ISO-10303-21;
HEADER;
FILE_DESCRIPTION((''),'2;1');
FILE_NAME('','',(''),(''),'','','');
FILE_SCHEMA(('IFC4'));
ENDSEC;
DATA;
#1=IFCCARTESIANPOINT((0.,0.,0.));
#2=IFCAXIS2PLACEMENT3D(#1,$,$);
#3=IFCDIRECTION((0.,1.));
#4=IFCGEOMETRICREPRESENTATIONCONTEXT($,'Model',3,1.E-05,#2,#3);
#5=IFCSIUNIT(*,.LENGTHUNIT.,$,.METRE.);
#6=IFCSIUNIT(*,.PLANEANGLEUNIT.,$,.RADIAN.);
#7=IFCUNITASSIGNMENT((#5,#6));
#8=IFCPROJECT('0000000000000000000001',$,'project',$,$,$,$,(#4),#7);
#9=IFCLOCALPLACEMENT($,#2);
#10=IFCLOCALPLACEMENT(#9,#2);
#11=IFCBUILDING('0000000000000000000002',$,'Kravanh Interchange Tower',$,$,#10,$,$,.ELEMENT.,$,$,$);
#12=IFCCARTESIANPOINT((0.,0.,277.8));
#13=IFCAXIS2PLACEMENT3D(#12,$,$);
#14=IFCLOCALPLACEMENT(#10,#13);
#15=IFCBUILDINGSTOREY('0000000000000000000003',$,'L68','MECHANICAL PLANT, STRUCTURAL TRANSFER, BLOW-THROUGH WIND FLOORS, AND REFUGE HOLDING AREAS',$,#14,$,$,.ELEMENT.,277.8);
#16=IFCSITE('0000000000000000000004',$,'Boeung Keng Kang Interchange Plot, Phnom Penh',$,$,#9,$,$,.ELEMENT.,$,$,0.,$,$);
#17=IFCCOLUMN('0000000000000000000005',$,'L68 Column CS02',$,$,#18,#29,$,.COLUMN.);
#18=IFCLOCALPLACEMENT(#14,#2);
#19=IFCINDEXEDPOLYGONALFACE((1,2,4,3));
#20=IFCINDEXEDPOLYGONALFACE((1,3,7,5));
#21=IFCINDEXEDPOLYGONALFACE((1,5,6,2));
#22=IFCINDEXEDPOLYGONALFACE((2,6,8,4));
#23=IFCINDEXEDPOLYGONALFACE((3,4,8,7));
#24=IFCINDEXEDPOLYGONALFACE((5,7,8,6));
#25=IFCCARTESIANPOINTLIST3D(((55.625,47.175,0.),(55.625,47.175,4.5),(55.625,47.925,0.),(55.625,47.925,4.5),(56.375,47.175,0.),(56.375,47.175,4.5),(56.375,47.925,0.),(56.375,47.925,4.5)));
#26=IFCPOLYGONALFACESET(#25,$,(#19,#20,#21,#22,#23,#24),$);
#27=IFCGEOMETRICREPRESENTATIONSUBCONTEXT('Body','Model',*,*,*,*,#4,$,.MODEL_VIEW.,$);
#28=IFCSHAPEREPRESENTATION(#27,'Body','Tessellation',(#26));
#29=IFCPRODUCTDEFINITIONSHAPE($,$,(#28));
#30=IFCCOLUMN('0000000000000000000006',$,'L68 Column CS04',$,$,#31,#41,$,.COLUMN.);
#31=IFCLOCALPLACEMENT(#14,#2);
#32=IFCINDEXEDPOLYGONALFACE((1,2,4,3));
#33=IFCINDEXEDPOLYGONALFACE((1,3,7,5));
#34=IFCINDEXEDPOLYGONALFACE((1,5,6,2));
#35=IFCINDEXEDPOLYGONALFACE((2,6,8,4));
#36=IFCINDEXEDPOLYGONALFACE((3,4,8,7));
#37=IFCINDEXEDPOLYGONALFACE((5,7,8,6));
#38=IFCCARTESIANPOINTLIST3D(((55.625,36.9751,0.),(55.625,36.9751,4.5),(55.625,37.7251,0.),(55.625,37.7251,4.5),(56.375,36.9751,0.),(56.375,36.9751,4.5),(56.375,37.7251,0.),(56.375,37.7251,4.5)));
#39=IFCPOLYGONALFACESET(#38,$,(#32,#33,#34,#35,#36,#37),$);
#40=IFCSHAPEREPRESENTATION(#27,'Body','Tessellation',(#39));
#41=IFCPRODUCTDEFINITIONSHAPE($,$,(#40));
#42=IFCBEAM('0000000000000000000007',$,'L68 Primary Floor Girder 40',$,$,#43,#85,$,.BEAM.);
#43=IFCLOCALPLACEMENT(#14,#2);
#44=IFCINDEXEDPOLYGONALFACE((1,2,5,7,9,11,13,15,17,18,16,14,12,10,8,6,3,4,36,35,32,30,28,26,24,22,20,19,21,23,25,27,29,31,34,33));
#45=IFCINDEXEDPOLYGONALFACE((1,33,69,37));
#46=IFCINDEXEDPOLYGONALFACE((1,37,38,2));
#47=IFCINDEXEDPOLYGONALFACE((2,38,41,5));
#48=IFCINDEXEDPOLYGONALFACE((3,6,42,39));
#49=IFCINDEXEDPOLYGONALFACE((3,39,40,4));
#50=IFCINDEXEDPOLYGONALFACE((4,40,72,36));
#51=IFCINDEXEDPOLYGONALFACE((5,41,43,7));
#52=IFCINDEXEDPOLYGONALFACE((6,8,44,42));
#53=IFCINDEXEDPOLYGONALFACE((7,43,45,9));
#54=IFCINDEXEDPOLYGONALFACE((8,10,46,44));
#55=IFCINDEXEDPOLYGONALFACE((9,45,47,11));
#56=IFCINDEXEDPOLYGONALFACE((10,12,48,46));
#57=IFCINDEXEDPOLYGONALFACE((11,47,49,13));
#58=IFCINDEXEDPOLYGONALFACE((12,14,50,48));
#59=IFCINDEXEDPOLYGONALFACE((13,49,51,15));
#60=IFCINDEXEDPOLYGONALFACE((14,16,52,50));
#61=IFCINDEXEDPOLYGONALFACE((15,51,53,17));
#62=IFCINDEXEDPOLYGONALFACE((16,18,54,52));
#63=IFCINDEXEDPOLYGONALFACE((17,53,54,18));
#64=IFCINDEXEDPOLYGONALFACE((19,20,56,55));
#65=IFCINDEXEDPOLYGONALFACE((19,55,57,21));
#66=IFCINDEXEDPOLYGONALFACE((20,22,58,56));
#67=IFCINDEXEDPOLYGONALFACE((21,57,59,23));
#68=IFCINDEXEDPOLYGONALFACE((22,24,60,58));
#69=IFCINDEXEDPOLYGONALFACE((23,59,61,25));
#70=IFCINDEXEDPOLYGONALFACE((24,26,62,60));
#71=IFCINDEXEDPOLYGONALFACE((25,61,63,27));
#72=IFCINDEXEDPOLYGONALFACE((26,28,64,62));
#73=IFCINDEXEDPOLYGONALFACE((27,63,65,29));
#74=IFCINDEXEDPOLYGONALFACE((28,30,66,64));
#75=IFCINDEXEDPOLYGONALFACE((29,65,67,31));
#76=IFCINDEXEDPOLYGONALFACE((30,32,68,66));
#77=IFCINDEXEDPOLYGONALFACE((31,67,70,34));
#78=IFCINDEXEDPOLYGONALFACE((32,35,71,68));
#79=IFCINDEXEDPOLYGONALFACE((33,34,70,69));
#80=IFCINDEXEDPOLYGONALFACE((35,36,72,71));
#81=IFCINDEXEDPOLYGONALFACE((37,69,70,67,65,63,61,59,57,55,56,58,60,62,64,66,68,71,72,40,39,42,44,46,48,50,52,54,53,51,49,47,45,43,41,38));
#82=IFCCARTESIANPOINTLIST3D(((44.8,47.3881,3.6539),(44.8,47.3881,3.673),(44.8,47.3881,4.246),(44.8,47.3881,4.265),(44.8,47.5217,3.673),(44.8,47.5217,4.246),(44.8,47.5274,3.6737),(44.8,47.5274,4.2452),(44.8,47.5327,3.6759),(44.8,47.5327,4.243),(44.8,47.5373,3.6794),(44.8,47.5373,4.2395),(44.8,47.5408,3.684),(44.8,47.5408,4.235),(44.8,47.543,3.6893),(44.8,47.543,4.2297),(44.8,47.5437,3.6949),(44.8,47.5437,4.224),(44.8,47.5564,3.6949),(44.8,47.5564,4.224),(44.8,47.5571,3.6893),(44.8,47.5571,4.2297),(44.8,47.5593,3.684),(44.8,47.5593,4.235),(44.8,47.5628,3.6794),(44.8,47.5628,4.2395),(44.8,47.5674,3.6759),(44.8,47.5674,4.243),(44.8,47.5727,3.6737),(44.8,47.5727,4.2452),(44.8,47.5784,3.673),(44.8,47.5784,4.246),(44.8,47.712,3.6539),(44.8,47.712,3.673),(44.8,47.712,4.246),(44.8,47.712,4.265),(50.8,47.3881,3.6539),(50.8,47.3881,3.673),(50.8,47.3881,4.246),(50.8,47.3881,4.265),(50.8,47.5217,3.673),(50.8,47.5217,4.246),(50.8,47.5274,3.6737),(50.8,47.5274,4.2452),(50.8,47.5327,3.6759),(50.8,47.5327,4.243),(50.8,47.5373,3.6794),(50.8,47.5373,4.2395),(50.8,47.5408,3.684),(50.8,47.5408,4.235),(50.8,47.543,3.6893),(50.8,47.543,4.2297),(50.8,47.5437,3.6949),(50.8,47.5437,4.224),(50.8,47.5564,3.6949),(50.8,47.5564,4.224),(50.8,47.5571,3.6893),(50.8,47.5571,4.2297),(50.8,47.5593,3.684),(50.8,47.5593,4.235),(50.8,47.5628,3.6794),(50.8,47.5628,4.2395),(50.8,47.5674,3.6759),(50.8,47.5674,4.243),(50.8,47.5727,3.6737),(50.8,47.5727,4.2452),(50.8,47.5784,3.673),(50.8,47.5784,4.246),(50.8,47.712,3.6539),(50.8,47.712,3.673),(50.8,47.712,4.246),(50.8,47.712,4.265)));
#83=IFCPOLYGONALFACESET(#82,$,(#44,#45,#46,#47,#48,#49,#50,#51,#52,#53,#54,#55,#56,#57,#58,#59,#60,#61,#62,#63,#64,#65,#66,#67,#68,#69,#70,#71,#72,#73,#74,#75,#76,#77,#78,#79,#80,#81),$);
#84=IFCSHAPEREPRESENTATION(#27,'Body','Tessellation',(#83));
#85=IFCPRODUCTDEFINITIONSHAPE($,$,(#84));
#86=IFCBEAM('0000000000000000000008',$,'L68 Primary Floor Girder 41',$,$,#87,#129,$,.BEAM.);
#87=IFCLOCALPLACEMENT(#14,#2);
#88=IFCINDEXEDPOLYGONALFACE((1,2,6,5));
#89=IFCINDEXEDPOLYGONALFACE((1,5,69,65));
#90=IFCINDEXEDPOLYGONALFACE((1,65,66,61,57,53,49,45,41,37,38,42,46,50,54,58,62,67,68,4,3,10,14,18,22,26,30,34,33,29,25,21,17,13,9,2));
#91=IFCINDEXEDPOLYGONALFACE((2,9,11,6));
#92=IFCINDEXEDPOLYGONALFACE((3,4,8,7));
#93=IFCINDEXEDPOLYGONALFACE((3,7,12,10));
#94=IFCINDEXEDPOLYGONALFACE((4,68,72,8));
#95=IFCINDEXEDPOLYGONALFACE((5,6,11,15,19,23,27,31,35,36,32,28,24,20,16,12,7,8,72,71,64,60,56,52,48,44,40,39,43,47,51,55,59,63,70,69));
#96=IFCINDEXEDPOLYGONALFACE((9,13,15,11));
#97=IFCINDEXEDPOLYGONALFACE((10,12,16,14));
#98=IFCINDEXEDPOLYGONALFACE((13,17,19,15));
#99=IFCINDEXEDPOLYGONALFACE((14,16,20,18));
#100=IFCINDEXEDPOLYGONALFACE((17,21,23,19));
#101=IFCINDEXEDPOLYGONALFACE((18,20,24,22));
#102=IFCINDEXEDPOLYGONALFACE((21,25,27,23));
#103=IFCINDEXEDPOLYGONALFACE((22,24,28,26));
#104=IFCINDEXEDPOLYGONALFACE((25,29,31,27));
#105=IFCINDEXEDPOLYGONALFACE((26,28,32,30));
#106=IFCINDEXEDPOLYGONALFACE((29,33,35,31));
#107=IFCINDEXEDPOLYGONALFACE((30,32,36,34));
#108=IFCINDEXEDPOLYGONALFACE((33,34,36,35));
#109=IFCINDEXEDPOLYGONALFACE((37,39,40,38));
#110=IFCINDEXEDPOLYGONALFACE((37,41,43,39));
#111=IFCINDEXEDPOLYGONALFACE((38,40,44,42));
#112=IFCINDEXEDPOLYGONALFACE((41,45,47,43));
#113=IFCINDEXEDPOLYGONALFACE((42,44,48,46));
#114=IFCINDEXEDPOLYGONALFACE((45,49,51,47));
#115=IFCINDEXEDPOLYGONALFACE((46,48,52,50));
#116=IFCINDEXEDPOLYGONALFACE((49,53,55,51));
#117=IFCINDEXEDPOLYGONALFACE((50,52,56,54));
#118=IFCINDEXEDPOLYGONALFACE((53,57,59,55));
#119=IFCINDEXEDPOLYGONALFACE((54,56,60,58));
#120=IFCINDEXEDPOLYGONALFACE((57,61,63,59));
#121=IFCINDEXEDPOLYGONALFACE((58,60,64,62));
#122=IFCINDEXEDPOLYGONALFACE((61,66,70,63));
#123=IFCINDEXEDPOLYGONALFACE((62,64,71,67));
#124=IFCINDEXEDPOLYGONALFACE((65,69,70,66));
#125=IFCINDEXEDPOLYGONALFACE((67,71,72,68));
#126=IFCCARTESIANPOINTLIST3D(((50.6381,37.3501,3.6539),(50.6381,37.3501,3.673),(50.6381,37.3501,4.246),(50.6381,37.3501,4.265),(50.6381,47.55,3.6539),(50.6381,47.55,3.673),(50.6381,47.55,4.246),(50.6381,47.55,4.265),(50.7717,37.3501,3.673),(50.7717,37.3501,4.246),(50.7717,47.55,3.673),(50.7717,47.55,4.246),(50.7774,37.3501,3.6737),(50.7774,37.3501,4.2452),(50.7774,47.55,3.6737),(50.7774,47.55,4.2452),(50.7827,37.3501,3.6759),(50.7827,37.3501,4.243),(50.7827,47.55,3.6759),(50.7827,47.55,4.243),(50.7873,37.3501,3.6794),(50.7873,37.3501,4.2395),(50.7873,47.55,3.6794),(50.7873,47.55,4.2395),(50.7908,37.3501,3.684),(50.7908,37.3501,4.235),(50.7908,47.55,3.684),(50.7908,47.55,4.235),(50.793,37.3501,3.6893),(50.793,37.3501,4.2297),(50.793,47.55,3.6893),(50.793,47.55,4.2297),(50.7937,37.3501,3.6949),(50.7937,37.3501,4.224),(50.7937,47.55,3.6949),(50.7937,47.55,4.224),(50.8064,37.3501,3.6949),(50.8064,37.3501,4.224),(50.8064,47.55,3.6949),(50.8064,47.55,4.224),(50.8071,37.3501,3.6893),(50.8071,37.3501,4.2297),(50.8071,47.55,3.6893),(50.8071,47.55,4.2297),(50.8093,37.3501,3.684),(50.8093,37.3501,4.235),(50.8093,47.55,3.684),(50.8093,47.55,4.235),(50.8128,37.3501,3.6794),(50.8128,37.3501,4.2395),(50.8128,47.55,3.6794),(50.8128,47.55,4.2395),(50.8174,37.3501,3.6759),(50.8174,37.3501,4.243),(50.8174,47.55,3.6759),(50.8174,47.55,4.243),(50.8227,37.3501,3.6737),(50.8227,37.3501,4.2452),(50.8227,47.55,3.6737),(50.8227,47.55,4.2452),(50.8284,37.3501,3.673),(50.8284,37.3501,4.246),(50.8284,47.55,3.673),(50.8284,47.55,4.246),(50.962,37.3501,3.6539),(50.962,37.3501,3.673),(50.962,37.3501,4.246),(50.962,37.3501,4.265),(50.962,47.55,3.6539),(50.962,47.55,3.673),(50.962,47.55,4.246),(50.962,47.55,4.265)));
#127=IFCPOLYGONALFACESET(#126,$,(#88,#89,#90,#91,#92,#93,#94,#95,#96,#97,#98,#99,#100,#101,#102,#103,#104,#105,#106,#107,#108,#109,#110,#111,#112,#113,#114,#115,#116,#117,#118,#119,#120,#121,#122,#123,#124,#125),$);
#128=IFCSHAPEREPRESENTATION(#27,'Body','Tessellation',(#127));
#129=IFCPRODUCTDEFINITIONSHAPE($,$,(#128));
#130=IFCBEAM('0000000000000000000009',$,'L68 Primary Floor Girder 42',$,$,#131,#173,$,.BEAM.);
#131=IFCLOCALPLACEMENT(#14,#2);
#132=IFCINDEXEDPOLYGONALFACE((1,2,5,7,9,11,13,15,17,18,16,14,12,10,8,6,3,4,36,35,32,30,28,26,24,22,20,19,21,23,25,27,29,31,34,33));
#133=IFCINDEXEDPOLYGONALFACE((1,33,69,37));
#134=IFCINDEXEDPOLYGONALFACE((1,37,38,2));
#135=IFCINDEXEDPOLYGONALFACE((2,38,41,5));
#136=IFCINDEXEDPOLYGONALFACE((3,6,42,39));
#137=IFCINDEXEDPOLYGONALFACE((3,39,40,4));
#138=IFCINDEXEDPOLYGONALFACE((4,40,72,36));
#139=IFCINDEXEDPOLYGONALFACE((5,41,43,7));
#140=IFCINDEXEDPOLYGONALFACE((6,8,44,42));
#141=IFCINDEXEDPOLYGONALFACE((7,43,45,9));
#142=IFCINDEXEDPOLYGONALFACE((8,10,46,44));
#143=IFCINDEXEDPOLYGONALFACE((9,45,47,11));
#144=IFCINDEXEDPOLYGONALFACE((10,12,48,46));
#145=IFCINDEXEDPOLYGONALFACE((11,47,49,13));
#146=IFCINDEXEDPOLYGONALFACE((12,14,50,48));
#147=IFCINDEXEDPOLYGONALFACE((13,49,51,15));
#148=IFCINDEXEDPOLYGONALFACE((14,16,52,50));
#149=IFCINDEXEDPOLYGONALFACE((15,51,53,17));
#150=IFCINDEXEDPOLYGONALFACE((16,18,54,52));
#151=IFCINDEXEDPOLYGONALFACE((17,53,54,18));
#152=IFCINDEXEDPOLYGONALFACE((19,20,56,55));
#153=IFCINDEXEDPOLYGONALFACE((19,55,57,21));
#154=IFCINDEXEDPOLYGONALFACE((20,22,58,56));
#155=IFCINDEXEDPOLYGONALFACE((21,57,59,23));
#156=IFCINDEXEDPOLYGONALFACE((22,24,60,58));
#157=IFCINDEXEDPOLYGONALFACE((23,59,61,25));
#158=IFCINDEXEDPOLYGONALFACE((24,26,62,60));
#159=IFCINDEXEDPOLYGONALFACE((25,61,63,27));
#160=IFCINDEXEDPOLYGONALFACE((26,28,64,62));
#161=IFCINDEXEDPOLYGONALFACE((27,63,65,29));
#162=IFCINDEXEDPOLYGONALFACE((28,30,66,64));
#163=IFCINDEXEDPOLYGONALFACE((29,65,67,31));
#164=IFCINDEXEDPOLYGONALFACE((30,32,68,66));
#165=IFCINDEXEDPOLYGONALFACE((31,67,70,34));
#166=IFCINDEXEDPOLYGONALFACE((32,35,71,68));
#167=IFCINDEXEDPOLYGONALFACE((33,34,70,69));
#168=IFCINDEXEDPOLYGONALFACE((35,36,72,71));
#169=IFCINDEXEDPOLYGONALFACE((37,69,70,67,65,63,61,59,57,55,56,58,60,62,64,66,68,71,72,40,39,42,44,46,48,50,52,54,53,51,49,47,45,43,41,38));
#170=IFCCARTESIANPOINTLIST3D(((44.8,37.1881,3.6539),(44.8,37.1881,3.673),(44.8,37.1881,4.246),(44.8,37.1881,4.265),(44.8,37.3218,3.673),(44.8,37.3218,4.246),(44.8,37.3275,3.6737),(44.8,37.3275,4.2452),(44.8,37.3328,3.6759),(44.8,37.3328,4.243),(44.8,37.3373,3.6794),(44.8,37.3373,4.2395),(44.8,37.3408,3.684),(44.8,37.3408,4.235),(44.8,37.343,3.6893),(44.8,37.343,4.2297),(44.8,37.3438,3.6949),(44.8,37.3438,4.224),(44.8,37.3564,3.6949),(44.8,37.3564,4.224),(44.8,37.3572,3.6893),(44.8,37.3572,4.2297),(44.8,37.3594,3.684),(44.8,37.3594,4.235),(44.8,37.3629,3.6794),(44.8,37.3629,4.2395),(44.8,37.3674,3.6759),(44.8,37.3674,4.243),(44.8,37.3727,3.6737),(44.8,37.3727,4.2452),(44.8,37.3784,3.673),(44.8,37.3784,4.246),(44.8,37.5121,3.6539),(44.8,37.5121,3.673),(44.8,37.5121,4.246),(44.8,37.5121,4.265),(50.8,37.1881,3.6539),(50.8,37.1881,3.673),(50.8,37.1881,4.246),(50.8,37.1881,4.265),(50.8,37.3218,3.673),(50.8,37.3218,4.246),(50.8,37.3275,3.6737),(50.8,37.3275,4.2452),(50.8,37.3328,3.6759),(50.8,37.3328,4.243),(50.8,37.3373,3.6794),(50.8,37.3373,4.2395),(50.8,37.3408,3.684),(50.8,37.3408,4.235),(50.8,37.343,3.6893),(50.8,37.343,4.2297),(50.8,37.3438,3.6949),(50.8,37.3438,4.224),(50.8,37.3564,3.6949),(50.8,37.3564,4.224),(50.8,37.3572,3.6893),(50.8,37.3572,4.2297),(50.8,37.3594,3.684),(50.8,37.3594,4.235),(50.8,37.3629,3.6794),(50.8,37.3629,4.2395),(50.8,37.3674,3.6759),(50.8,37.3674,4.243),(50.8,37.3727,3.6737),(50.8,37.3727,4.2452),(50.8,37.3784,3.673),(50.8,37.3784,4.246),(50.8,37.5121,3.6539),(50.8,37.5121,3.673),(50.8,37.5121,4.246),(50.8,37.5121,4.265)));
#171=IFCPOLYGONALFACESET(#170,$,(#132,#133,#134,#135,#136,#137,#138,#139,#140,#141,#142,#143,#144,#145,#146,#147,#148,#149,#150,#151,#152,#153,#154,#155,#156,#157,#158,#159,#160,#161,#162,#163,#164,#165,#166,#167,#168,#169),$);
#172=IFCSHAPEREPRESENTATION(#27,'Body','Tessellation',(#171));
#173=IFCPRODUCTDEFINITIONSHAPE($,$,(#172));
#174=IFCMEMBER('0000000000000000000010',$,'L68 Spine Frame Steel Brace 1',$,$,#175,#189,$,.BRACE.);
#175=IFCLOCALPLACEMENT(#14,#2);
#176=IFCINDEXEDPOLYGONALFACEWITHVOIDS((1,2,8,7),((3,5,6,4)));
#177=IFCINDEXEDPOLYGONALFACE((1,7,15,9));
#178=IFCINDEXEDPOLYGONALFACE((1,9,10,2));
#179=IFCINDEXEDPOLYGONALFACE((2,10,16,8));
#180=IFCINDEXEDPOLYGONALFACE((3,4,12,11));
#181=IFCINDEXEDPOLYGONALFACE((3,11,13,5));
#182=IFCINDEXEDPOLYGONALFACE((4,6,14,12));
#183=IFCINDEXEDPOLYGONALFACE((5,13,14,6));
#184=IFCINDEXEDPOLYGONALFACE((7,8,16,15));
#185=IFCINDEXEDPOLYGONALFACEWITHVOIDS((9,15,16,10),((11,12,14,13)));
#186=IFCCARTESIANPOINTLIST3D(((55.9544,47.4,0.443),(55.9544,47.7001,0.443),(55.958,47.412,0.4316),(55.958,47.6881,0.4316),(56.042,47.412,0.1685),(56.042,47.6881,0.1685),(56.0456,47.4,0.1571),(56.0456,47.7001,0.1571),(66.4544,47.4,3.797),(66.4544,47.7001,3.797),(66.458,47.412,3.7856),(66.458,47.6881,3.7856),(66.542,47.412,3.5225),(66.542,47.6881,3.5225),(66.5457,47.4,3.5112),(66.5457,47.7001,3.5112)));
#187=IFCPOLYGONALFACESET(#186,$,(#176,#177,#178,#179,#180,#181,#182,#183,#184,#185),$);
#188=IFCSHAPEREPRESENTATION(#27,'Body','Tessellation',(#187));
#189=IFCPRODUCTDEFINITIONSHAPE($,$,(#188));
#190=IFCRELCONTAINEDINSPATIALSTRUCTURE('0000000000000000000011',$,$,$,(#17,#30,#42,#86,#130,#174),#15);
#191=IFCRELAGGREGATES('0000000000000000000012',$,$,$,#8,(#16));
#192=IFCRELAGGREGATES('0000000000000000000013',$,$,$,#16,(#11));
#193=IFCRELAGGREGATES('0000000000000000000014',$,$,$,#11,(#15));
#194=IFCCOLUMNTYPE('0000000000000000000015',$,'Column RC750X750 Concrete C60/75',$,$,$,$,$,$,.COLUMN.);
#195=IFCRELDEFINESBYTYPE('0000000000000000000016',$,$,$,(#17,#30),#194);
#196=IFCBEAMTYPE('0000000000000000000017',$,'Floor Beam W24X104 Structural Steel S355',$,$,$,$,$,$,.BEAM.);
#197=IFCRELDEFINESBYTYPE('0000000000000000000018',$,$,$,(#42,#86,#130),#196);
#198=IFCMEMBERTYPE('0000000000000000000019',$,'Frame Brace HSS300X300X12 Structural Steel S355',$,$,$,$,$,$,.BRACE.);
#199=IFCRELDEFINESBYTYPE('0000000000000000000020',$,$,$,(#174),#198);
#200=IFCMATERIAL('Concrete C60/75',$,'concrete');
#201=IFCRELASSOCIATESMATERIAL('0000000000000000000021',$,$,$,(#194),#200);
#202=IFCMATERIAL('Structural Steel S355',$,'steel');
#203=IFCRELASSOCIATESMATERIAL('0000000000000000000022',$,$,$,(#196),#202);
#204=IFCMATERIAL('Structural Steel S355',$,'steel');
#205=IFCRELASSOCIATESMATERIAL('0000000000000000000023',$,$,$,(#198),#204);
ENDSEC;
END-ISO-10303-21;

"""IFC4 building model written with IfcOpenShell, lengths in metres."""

from ifc_helpers import new_model, si_unit, direction, frame, origin, origin_2d, place, context, subcontext, project, spatial, rectangle, hollow_rectangle, i_section, extrude, material, material_profile, profile_set, type_object, element, save


model = new_model("IFC4")

# Units and contexts
model_context = context("Model", 3, precision=1e-05, world=origin(), true_north=direction((0.0, 1.0)))
body_context = subcontext(model_context, "Body", "Model", "MODEL_VIEW")
ifc_project = project(units=[si_unit("LENGTHUNIT", "METRE"), si_unit("PLANEANGLEUNIT", "RADIAN")], contexts=[model_context])

# Site, building, storey
site_placement = place(None, origin())
site = spatial("IfcSite", under=ifc_project, at=site_placement, Name="Boeung Keng Kang Interchange Plot, Phnom Penh", CompositionType="ELEMENT", RefElevation=0.0)
building_placement = place(site_placement, origin())
building = spatial("IfcBuilding", under=site, at=building_placement, Name="Kravanh Interchange Tower", CompositionType="ELEMENT")
storey_placement = place(building_placement, frame((0.0, 0.0, 277.8)))
storey = spatial("IfcBuildingStorey", under=building, at=storey_placement, Name="L68", Description="MECHANICAL PLANT, STRUCTURAL TRANSFER, BLOW-THROUGH WIND FLOORS, AND REFUGE HOLDING AREAS", CompositionType="ELEMENT", Elevation=277.8)

# Columns
ifc_material_1 = material(Name="Concrete C60/75", Category="concrete")
ifc_material_profile_1 = material_profile(ifc_material_1, rectangle(XDim=0.75, YDim=0.75, at=origin_2d()), Name="RC750X750")
ifc_profile_set_1 = profile_set([ifc_material_profile_1], Name="Concrete C60/75")
column_type = type_object("IfcColumnType", Name="Column RC750X750 Concrete C60/75", PredefinedType="COLUMN", material=ifc_profile_set_1)
for number, where, z_axis, x_axis, name in (
    (1, (56.0, 47.55, 0.0), (0.0, 0.0, 1.0), (1.0, 0.0, 0.0), "L68 Column CS02"),
    (2, (56.0, 37.3501, 0.0), (0.0, 0.0, 1.0), (1.0, 0.0, 0.0), "L68 Column CS04"),
):
    element("IfcColumn", number, at=place(storey_placement, frame(where, z_axis=z_axis, x_axis=x_axis)), inside=storey, type_object=column_type, Name=name, PredefinedType="COLUMN", context=body_context, shape_type="SweptSolid", body=[
        extrude(rectangle(XDim=0.75, YDim=0.75, at=origin_2d()), origin(), (0.0, 0.0, 1.0), 4.5),
    ])

# Beams
ifc_material_2 = material(Name="Structural Steel S355", Category="steel")
ifc_material_profile_2 = material_profile(ifc_material_2, i_section(OverallWidth=0.324, OverallDepth=0.6111, WebThickness=0.0127, FlangeThickness=0.019, FilletRadius=0.022, at=origin_2d()), Name="W24X104")
ifc_profile_set_2 = profile_set([ifc_material_profile_2], Name="Structural Steel S355")
beam_type = type_object("IfcBeamType", Name="Floor Beam W24X104 Structural Steel S355", PredefinedType="BEAM", material=ifc_profile_set_2)
beam_1_placement = place(storey_placement, frame((50.8, 47.55, 3.9595), z_axis=(-1.0, 0.0, 0.0), x_axis=(0.0, -1.0, 0.0)))
element("IfcBeam", 3, at=beam_1_placement, inside=storey, type_object=beam_type, Name="L68 Primary Floor Girder 40", PredefinedType="BEAM", context=body_context, shape_type="SweptSolid", body=[
    extrude(i_section(OverallWidth=0.324, OverallDepth=0.6111, WebThickness=0.0127, FlangeThickness=0.019, FilletRadius=0.022, at=origin_2d()), origin(), (0.0, 0.0, 1.0), 6.0),
])
beam_2_placement = place(storey_placement, frame((50.8, 47.55, 3.9595), z_axis=(0.0, -1.0, 0.0), x_axis=(1.0, 0.0, 0.0)))
element("IfcBeam", 4, at=beam_2_placement, inside=storey, type_object=beam_type, Name="L68 Primary Floor Girder 41", PredefinedType="BEAM", context=body_context, shape_type="SweptSolid", body=[
    extrude(i_section(OverallWidth=0.324, OverallDepth=0.6111, WebThickness=0.0127, FlangeThickness=0.019, FilletRadius=0.022, at=origin_2d()), origin(), (0.0, 0.0, 1.0), 10.2),
])
beam_3_placement = place(storey_placement, frame((50.8, 37.3501, 3.9595), z_axis=(-1.0, 0.0, 0.0), x_axis=(0.0, -1.0, 0.0)))
element("IfcBeam", 5, at=beam_3_placement, inside=storey, type_object=beam_type, Name="L68 Primary Floor Girder 42", PredefinedType="BEAM", context=body_context, shape_type="SweptSolid", body=[
    extrude(i_section(OverallWidth=0.324, OverallDepth=0.6111, WebThickness=0.0127, FlangeThickness=0.019, FilletRadius=0.022, at=origin_2d()), origin(), (0.0, 0.0, 1.0), 6.0),
])

# Member
ifc_material_3 = material(Name="Structural Steel S355", Category="steel")
ifc_material_profile_3 = material_profile(ifc_material_3, hollow_rectangle(XDim=0.3, YDim=0.3, WallThickness=0.012, at=origin_2d()), Name="HSS300X300X12")
ifc_profile_set_3 = profile_set([ifc_material_profile_3], Name="Structural Steel S355")
member_type = type_object("IfcMemberType", Name="Frame Brace HSS300X300X12 Structural Steel S355", PredefinedType="BRACE", material=ifc_profile_set_3)
member_placement = place(storey_placement, frame((56.0, 47.55, 0.3), z_axis=(0.952582, 0.0, 0.304282), x_axis=(0.0, 1.0, 0.0)))
element("IfcMember", 6, at=member_placement, inside=storey, type_object=member_type, Name="L68 Spine Frame Steel Brace 1", PredefinedType="BRACE", context=body_context, shape_type="SweptSolid", body=[
    extrude(hollow_rectangle(XDim=0.3, YDim=0.3, WallThickness=0.012, at=origin_2d()), origin(), (0.0, 0.0, 1.0), 11.0227),
])

save(model, "model.ifc")
